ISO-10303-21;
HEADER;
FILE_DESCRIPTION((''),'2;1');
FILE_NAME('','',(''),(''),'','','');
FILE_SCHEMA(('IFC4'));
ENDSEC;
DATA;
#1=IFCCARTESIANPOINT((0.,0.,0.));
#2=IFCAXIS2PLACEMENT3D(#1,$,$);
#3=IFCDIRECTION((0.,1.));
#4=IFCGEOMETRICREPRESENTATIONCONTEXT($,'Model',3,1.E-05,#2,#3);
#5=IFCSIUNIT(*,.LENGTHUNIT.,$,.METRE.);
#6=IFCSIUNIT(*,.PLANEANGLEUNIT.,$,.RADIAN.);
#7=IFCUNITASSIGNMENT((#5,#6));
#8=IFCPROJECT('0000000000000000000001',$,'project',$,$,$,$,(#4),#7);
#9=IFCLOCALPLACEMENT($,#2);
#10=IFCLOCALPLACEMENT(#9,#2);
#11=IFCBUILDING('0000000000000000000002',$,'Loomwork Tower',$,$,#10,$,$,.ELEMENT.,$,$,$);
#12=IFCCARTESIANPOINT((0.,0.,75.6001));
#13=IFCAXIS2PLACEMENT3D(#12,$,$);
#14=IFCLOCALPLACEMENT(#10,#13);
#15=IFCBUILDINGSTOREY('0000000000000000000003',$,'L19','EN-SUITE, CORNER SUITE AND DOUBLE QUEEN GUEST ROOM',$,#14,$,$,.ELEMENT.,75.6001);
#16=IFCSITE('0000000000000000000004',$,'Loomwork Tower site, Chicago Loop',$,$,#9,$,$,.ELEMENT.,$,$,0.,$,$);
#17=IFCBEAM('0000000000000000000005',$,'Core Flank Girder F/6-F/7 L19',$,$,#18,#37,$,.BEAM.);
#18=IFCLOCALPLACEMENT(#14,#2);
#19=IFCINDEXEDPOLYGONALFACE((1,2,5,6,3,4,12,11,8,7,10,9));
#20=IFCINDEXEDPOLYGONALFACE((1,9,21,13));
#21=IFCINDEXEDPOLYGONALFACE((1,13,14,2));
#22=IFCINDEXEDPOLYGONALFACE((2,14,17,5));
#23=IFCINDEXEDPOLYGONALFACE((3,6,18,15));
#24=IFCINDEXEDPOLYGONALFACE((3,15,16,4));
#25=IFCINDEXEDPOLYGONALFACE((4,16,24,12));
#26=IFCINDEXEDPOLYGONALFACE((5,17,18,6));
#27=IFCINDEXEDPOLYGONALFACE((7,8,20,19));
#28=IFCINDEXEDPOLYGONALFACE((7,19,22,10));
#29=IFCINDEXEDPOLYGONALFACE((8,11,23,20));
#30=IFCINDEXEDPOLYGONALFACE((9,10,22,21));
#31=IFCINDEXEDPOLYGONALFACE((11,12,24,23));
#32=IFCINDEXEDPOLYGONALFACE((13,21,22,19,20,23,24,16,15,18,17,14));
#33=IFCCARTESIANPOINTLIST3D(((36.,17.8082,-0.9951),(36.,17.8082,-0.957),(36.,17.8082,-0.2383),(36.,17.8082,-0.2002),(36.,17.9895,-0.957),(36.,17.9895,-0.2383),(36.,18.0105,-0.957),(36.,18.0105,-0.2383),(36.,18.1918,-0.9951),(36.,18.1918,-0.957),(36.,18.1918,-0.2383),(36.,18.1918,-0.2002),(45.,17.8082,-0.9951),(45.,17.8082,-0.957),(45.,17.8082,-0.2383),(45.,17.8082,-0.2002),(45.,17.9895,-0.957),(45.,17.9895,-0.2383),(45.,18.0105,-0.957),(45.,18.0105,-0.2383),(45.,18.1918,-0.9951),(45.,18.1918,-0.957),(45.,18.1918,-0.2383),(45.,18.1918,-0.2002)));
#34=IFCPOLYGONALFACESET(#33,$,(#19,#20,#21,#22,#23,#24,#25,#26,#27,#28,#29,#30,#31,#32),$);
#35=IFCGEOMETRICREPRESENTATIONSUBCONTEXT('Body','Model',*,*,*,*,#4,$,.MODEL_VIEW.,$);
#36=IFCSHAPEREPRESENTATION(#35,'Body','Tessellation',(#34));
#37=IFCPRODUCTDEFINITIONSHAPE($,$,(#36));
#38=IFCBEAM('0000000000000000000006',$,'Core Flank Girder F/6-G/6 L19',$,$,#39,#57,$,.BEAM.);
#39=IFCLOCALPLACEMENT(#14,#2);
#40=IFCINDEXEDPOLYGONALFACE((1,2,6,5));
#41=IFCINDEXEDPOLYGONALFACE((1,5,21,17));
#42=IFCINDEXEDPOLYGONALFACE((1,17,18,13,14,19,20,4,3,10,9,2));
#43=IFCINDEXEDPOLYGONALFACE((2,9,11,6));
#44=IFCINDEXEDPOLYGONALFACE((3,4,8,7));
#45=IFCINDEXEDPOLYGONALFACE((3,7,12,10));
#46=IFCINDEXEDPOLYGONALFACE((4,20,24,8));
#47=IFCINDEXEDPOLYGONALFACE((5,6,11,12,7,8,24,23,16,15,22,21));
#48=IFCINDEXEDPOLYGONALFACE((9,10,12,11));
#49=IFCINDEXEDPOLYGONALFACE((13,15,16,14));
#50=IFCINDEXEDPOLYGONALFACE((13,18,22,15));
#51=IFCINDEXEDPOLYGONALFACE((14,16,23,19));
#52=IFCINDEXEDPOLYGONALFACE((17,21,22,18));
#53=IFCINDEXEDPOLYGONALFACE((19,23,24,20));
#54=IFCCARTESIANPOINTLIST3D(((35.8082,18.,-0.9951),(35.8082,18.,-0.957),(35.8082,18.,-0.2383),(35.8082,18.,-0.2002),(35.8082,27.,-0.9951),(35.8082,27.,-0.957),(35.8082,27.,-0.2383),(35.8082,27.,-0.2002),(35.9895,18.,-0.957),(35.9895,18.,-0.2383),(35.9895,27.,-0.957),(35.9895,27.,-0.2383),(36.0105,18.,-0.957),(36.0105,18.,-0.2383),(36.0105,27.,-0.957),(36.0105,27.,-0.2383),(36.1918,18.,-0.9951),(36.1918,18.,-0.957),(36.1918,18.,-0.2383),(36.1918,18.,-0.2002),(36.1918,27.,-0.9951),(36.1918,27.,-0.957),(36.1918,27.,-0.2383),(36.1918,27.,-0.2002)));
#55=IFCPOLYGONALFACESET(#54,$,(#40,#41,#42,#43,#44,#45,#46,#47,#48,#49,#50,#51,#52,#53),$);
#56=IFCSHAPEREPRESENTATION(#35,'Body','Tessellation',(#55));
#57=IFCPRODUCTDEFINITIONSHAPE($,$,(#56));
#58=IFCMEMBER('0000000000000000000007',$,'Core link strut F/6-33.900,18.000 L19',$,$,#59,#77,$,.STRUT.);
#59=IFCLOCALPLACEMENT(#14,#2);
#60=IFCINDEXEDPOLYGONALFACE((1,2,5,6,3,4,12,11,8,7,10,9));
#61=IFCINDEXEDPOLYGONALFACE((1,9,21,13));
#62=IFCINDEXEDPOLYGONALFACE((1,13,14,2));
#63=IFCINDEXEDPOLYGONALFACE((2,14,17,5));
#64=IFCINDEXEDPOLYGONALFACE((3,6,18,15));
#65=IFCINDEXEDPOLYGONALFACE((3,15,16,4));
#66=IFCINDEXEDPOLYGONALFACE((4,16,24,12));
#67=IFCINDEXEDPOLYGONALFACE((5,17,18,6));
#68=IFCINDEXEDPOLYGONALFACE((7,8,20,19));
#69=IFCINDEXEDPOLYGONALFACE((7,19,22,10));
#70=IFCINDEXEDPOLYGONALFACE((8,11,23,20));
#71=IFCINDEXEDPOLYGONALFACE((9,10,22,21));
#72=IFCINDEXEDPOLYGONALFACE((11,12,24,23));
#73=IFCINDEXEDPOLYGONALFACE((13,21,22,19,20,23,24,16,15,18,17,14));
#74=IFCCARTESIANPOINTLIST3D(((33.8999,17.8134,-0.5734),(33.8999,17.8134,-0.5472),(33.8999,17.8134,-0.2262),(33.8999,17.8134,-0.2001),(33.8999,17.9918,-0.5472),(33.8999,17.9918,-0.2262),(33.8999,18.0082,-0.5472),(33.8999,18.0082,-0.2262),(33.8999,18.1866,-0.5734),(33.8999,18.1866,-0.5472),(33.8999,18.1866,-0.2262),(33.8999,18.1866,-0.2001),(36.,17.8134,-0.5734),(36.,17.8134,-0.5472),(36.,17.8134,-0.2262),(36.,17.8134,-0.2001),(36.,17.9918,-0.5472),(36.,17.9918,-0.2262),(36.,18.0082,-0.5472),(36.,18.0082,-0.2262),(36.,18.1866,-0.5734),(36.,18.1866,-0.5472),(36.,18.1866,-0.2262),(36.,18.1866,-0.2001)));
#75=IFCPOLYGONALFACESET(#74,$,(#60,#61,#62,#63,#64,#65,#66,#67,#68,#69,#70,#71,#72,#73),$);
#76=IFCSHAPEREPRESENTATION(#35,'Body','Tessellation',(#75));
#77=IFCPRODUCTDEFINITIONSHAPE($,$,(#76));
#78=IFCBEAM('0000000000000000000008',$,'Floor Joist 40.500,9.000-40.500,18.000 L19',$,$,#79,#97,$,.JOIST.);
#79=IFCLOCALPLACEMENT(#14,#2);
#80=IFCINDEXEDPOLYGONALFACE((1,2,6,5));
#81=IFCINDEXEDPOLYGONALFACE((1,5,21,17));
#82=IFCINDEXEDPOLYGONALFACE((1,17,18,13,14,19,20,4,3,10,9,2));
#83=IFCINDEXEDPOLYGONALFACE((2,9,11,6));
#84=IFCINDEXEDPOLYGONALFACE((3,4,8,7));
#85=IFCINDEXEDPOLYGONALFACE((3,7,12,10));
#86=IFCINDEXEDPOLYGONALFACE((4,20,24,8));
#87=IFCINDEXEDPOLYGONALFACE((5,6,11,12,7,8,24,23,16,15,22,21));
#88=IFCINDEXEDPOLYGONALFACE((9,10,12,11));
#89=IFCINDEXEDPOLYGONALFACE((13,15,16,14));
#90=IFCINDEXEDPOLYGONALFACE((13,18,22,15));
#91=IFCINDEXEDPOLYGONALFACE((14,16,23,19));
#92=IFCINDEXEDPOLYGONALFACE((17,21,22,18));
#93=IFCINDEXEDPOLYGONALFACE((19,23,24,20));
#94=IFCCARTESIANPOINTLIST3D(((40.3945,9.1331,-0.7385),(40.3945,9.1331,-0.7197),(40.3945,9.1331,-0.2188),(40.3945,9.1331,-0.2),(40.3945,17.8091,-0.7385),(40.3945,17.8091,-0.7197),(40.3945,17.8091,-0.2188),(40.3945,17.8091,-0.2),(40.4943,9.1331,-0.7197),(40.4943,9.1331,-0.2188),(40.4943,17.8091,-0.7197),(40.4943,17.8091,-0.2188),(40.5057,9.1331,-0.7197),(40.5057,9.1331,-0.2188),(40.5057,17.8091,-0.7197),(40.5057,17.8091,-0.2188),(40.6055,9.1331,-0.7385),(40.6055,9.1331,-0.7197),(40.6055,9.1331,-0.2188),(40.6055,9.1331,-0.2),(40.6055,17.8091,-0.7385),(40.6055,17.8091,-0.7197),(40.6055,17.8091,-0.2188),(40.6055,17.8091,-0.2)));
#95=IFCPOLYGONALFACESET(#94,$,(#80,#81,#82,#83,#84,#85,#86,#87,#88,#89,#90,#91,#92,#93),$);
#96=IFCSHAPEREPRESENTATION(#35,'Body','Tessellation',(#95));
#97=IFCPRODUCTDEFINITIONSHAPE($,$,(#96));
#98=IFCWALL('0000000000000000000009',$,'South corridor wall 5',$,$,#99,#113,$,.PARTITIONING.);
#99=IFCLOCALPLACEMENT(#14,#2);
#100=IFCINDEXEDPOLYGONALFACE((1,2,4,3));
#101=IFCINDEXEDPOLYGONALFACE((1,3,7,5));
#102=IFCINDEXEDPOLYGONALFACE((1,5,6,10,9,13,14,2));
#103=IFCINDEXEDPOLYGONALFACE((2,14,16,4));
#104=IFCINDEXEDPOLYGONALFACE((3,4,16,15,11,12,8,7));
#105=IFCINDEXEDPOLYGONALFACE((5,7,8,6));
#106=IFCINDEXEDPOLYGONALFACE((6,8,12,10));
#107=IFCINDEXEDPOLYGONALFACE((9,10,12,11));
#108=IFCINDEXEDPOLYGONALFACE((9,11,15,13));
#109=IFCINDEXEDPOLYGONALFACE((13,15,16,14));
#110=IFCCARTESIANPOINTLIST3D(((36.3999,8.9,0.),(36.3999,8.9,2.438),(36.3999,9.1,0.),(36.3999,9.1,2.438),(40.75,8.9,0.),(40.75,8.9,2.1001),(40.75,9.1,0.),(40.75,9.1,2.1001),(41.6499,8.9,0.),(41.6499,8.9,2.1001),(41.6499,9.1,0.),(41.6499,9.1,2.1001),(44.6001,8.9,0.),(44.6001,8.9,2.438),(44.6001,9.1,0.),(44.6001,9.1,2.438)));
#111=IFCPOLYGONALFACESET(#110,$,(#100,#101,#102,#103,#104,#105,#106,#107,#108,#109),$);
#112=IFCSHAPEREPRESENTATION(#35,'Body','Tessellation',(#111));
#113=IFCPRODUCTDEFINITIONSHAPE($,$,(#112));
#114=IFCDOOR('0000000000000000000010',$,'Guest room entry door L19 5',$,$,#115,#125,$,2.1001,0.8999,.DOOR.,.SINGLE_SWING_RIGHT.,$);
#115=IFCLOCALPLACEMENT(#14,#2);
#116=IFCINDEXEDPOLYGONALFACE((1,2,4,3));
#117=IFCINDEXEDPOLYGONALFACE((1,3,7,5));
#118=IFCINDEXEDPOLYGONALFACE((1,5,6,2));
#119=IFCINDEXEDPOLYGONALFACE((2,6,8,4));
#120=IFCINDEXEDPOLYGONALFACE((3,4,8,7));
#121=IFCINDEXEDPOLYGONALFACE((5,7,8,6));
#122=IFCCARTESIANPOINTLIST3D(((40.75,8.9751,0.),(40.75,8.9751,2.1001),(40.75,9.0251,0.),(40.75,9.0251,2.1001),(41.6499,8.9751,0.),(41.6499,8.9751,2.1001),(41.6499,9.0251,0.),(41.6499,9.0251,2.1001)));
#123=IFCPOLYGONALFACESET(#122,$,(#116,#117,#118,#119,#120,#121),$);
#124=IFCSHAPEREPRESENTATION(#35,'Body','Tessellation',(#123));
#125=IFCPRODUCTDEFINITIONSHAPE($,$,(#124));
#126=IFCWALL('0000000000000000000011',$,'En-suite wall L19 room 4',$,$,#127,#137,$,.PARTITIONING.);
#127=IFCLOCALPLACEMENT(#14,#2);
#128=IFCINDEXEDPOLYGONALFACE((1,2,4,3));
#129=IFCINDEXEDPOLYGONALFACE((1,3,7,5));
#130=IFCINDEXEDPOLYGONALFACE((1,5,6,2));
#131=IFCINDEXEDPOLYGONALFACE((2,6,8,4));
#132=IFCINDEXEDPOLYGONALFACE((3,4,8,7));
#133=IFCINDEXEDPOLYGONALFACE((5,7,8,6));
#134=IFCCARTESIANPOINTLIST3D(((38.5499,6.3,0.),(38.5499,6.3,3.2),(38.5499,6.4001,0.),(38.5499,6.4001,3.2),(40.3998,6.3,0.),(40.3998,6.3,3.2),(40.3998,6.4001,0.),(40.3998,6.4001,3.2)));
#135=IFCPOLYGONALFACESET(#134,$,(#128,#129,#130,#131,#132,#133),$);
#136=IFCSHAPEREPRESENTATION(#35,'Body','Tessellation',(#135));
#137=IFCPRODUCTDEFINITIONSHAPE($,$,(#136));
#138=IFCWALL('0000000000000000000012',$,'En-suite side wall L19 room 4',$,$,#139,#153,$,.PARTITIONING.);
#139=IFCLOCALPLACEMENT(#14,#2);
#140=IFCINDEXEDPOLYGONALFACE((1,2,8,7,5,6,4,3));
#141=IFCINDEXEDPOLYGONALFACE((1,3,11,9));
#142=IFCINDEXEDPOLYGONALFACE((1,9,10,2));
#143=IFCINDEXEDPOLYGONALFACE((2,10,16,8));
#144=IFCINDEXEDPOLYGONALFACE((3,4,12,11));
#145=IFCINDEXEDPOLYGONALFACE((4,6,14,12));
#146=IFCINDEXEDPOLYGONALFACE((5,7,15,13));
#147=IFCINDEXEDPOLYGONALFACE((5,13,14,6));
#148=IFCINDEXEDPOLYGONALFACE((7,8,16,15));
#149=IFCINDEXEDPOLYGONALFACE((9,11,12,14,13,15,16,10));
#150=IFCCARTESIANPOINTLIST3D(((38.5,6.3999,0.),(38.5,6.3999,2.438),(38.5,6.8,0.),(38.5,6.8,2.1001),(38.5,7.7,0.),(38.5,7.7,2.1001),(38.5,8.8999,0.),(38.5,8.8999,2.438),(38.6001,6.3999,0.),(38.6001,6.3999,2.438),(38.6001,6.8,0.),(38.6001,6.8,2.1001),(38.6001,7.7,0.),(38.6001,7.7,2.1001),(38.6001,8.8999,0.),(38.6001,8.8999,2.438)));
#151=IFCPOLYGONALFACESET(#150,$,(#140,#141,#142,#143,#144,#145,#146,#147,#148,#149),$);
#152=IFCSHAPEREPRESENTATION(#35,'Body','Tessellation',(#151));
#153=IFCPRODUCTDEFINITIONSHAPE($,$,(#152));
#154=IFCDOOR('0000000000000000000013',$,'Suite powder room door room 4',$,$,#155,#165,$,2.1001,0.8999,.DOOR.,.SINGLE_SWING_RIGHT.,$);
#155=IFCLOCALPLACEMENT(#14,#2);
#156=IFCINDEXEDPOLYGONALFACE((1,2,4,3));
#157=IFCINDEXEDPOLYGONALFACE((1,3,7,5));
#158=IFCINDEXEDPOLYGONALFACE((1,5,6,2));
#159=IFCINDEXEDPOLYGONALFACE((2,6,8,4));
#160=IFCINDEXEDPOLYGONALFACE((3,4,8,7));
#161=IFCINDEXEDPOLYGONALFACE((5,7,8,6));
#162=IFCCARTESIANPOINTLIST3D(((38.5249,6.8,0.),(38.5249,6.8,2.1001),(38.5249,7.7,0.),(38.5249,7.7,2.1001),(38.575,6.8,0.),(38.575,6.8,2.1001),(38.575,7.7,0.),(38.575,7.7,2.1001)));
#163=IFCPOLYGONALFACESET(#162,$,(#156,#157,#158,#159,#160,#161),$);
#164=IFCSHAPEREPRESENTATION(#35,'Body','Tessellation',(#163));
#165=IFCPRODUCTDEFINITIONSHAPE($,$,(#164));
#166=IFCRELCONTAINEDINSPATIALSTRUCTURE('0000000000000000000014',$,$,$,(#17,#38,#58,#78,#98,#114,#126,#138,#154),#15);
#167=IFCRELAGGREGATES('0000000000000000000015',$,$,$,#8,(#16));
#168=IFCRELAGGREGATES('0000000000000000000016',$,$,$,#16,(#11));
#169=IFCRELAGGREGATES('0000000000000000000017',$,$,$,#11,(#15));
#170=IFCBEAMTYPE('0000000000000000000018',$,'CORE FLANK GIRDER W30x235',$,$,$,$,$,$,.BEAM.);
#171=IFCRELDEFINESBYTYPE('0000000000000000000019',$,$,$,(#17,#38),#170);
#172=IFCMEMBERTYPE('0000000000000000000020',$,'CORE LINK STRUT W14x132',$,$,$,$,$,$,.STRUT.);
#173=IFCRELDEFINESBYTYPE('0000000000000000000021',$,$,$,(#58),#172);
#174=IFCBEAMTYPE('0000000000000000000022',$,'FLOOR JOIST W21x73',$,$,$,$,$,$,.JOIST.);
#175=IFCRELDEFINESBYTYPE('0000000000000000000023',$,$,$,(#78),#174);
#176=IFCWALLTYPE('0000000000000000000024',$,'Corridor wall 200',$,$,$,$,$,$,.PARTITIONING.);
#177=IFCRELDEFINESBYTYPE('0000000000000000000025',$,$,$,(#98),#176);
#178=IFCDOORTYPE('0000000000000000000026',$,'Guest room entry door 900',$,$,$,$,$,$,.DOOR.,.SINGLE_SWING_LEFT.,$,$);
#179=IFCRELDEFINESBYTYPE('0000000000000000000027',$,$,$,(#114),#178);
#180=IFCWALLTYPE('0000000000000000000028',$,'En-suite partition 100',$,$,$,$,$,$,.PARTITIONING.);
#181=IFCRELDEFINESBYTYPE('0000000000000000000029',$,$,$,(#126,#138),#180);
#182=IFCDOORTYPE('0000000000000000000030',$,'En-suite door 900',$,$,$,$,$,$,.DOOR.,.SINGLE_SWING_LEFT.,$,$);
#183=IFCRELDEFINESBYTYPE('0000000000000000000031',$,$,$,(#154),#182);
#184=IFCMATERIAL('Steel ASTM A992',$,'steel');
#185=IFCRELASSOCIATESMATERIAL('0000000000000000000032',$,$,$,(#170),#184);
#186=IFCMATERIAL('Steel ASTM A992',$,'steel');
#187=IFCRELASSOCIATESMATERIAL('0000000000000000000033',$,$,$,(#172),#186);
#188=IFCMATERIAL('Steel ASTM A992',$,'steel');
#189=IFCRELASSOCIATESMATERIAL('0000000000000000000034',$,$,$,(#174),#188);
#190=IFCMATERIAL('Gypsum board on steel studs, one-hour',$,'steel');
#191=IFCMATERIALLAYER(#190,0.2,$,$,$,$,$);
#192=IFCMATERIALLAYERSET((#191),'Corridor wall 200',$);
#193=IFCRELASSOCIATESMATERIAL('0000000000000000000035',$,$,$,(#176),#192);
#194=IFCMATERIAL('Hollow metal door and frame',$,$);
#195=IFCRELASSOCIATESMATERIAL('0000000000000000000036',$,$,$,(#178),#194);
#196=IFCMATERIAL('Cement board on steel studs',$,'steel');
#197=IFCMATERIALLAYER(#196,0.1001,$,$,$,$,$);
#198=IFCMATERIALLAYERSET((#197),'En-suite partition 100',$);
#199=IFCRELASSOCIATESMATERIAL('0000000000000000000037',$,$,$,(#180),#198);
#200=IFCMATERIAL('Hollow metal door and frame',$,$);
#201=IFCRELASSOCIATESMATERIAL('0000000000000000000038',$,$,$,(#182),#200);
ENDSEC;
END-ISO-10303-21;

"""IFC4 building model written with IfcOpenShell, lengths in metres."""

from ifc_helpers import new_model, si_unit, direction, frame, frame_2d, origin, origin_2d, place, context, subcontext, project, spatial, rectangle, i_section, extrude, material, layer, layer_set, material_profile, profile_set, type_object, element, fill, save


model = new_model("IFC4")

# Units and contexts
model_context = context("Model", 3, precision=1e-05, world=origin(), true_north=direction((0.0, 1.0)))
body_context = subcontext(model_context, "Body", "Model", "MODEL_VIEW")
ifc_project = project(units=[si_unit("LENGTHUNIT", "METRE"), si_unit("PLANEANGLEUNIT", "RADIAN")], contexts=[model_context])

# Site, building, storey
site_placement = place(None, origin())
site = spatial("IfcSite", under=ifc_project, at=site_placement, Name="Loomwork Tower site, Chicago Loop", CompositionType="ELEMENT", RefElevation=0.0)
building_placement = place(site_placement, origin())
building = spatial("IfcBuilding", under=site, at=building_placement, Name="Loomwork Tower", CompositionType="ELEMENT")
storey_placement = place(building_placement, frame((0.0, 0.0, 75.6001)))
storey = spatial("IfcBuildingStorey", under=building, at=storey_placement, Name="L19", Description="EN-SUITE, CORNER SUITE AND DOUBLE QUEEN GUEST ROOM", CompositionType="ELEMENT", Elevation=75.6001)

# Beams
ifc_material_1 = material(Name="Steel ASTM A992", Category="steel")
ifc_material_profile_1 = material_profile(ifc_material_1, i_section(OverallWidth=0.3835, OverallDepth=0.7949, WebThickness=0.021, FlangeThickness=0.0381, at=origin_2d()), Name="W30x235")
ifc_profile_set_1 = profile_set([ifc_material_profile_1], Name="Steel ASTM A992")
beam_type_1 = type_object("IfcBeamType", Name="CORE FLANK GIRDER W30x235", PredefinedType="BEAM", material=ifc_profile_set_1)
for number, where, z_axis, x_axis, name in (
    (1, (36.0, 18.0, -0.5977), (1.0, 0.0, 0.0), (0.0, 1.0, 0.0), "Core Flank Girder F/6-F/7 L19"),
    (2, (36.0, 18.0, -0.5977), (0.0, 1.0, 0.0), (-1.0, 0.0, 0.0), "Core Flank Girder F/6-G/6 L19"),
):
    element("IfcBeam", number, at=place(storey_placement, frame(where, z_axis=z_axis, x_axis=x_axis)), inside=storey, type_object=beam_type_1, Name=name, PredefinedType="BEAM", context=body_context, shape_type="SweptSolid", body=[
        extrude(i_section(OverallWidth=0.3835, OverallDepth=0.7949, WebThickness=0.021, FlangeThickness=0.0381, at=origin_2d()), origin(), (0.0, 0.0, 1.0), 9.0),
    ])

# Member
ifc_material_2 = material(Name="Steel ASTM A992", Category="steel")
ifc_material_profile_2 = material_profile(ifc_material_2, i_section(OverallWidth=0.3733, OverallDepth=0.3733, WebThickness=0.0164, FlangeThickness=0.0261, at=origin_2d()), Name="W14x132")
ifc_profile_set_2 = profile_set([ifc_material_profile_2], Name="Steel ASTM A992")
member_type = type_object("IfcMemberType", Name="CORE LINK STRUT W14x132", PredefinedType="STRUT", material=ifc_profile_set_2)
member_placement = place(storey_placement, frame((36.0, 18.0, -0.3867), z_axis=(-1.0, 0.0, 0.0), x_axis=(0.0, -1.0, 0.0)))
element("IfcMember", 3, at=member_placement, inside=storey, type_object=member_type, Name="Core link strut F/6-33.900,18.000 L19", PredefinedType="STRUT", context=body_context, shape_type="SweptSolid", body=[
    extrude(i_section(OverallWidth=0.3733, OverallDepth=0.3733, WebThickness=0.0164, FlangeThickness=0.0261, at=origin_2d()), origin(), (0.0, 0.0, 1.0), 2.1001),
])

# Beam
ifc_material_3 = material(Name="Steel ASTM A992", Category="steel")
ifc_material_profile_3 = material_profile(ifc_material_3, i_section(OverallWidth=0.2109, OverallDepth=0.5386, WebThickness=0.0115, FlangeThickness=0.0188, at=origin_2d()), Name="W21x73")
ifc_profile_set_3 = profile_set([ifc_material_profile_3], Name="Steel ASTM A992")
beam_type_2 = type_object("IfcBeamType", Name="FLOOR JOIST W21x73", PredefinedType="JOIST", material=ifc_profile_set_3)
beam_placement = place(storey_placement, frame((40.5, 9.1331, -0.4692), z_axis=(0.0, 1.0, 0.0), x_axis=(-1.0, 0.0, 0.0)))
element("IfcBeam", 4, at=beam_placement, inside=storey, type_object=beam_type_2, Name="Floor Joist 40.500,9.000-40.500,18.000 L19", PredefinedType="JOIST", context=body_context, shape_type="SweptSolid", body=[
    extrude(i_section(OverallWidth=0.2109, OverallDepth=0.5386, WebThickness=0.0115, FlangeThickness=0.0188, at=origin_2d()), origin(), (0.0, 0.0, 1.0), 8.676),
])

# Wall, opening, door
ifc_material_4 = material(Name="Gypsum board on steel studs, one-hour", Category="steel")
ifc_layer_1 = layer(ifc_material_4, 0.2)
ifc_layer_set_1 = layer_set([ifc_layer_1], Name="Corridor wall 200")
wall_type_1 = type_object("IfcWallType", Name="Corridor wall 200", PredefinedType="PARTITIONING", material=ifc_layer_set_1)
wall_1_placement = place(storey_placement, frame((36.3999, 9.0, 0.0), z_axis=(0.0, 0.0, 1.0), x_axis=(1.0, 0.0, 0.0)))
wall_1 = element("IfcWall", 5, at=wall_1_placement, inside=storey, type_object=wall_type_1, Name="South corridor wall 5", PredefinedType="PARTITIONING", context=body_context, shape_type="SweptSolid", body=[
    extrude(rectangle(XDim=8.2002, YDim=0.2, at=frame_2d((4.1001, 0.0))), origin(), (0.0, 0.0, 1.0), 2.438),
])
opening_1_placement = place(wall_1_placement, frame((4.3501, 0.0, 0.0)))
opening_1 = element("IfcOpeningElement", 6, at=opening_1_placement, cuts=wall_1, PredefinedType="OPENING", context=body_context, shape_type="SweptSolid", body=[
    extrude(rectangle(XDim=0.8999, YDim=2.1001, at=frame_2d((0.45, 1.05))), frame((0.0, 0.1099, 0.0), z_axis=(0.0, -1.0, 0.0), x_axis=(1.0, 0.0, 0.0)), (0.0, 0.0, 1.0), 0.22),
])
ifc_material_5 = material(Name="Hollow metal door and frame")
door_type_1 = type_object("IfcDoorType", Name="Guest room entry door 900", OperationType="SINGLE_SWING_LEFT", PredefinedType="DOOR", material=ifc_material_5)
door_1_placement = place(opening_1_placement, frame((0.8999, 0.0, 0.0), z_axis=(0.0, 0.0, 1.0), x_axis=(-1.0, 0.0, 0.0)))
door_1 = element("IfcDoor", 7, at=door_1_placement, inside=storey, type_object=door_type_1, Name="Guest room entry door L19 5", OperationType="SINGLE_SWING_RIGHT", OverallHeight=2.1001, OverallWidth=0.8999, PredefinedType="DOOR", context=body_context, shape_type="SweptSolid", body=[
    extrude(rectangle(XDim=0.8999, YDim=2.1001, at=frame_2d((0.45, 1.05))), frame((0.0, 0.0249, 0.0), z_axis=(0.0, -1.0, 0.0), x_axis=(1.0, 0.0, 0.0)), (0.0, 0.0, 1.0), 0.05),
])
fill(opening_1, door_1)

# Wall
ifc_material_6 = material(Name="Cement board on steel studs", Category="steel")
ifc_layer_2 = layer(ifc_material_6, 0.1001)
ifc_layer_set_2 = layer_set([ifc_layer_2], Name="En-suite partition 100")
wall_type_2 = type_object("IfcWallType", Name="En-suite partition 100", PredefinedType="PARTITIONING", material=ifc_layer_set_2)
wall_2_placement = place(storey_placement, frame((38.55, 6.3501, 0.0), z_axis=(0.0, 0.0, 1.0), x_axis=(1.0, 0.0, 0.0)))
element("IfcWall", 8, at=wall_2_placement, inside=storey, type_object=wall_type_2, Name="En-suite wall L19 room 4", PredefinedType="PARTITIONING", context=body_context, shape_type="SweptSolid", body=[
    extrude(rectangle(XDim=1.8499, YDim=0.1001, at=frame_2d((0.9248, 0.0))), origin(), (0.0, 0.0, 1.0), 3.2),
])

# Wall, opening, door
wall_3_placement = place(storey_placement, frame((38.55, 8.8999, 0.0), z_axis=(0.0, 0.0, 1.0), x_axis=(0.0, -1.0, 0.0)))
wall_3 = element("IfcWall", 9, at=wall_3_placement, inside=storey, type_object=wall_type_2, Name="En-suite side wall L19 room 4", PredefinedType="PARTITIONING", context=body_context, shape_type="SweptSolid", body=[
    extrude(rectangle(XDim=2.5, YDim=0.1001, at=frame_2d((1.25, 0.0))), origin(), (0.0, 0.0, 1.0), 2.438),
])
opening_2_placement = place(wall_3_placement, frame((1.2, 0.0, 0.0)))
opening_2 = element("IfcOpeningElement", 10, at=opening_2_placement, cuts=wall_3, PredefinedType="OPENING", context=body_context, shape_type="SweptSolid", body=[
    extrude(rectangle(XDim=0.8999, YDim=2.1001, at=frame_2d((0.45, 1.05))), frame((0.0, 0.0601, 0.0), z_axis=(0.0, -1.0, 0.0), x_axis=(1.0, 0.0, 0.0)), (0.0, 0.0, 1.0), 0.1201),
])
ifc_material_7 = material(Name="Hollow metal door and frame")
door_type_2 = type_object("IfcDoorType", Name="En-suite door 900", OperationType="SINGLE_SWING_LEFT", PredefinedType="DOOR", material=ifc_material_7)
door_2_placement = place(opening_2_placement, origin())
door_2 = element("IfcDoor", 11, at=door_2_placement, inside=storey, type_object=door_type_2, Name="Suite powder room door room 4", OperationType="SINGLE_SWING_RIGHT", OverallHeight=2.1001, OverallWidth=0.8999, PredefinedType="DOOR", context=body_context, shape_type="SweptSolid", body=[
    extrude(rectangle(XDim=0.8999, YDim=2.1001, at=frame_2d((0.45, 1.05))), frame((0.0, 0.0249, 0.0), z_axis=(0.0, -1.0, 0.0), x_axis=(1.0, 0.0, 0.0)), (0.0, 0.0, 1.0), 0.05),
])
fill(opening_2, door_2)

save(model, "model.ifc")
